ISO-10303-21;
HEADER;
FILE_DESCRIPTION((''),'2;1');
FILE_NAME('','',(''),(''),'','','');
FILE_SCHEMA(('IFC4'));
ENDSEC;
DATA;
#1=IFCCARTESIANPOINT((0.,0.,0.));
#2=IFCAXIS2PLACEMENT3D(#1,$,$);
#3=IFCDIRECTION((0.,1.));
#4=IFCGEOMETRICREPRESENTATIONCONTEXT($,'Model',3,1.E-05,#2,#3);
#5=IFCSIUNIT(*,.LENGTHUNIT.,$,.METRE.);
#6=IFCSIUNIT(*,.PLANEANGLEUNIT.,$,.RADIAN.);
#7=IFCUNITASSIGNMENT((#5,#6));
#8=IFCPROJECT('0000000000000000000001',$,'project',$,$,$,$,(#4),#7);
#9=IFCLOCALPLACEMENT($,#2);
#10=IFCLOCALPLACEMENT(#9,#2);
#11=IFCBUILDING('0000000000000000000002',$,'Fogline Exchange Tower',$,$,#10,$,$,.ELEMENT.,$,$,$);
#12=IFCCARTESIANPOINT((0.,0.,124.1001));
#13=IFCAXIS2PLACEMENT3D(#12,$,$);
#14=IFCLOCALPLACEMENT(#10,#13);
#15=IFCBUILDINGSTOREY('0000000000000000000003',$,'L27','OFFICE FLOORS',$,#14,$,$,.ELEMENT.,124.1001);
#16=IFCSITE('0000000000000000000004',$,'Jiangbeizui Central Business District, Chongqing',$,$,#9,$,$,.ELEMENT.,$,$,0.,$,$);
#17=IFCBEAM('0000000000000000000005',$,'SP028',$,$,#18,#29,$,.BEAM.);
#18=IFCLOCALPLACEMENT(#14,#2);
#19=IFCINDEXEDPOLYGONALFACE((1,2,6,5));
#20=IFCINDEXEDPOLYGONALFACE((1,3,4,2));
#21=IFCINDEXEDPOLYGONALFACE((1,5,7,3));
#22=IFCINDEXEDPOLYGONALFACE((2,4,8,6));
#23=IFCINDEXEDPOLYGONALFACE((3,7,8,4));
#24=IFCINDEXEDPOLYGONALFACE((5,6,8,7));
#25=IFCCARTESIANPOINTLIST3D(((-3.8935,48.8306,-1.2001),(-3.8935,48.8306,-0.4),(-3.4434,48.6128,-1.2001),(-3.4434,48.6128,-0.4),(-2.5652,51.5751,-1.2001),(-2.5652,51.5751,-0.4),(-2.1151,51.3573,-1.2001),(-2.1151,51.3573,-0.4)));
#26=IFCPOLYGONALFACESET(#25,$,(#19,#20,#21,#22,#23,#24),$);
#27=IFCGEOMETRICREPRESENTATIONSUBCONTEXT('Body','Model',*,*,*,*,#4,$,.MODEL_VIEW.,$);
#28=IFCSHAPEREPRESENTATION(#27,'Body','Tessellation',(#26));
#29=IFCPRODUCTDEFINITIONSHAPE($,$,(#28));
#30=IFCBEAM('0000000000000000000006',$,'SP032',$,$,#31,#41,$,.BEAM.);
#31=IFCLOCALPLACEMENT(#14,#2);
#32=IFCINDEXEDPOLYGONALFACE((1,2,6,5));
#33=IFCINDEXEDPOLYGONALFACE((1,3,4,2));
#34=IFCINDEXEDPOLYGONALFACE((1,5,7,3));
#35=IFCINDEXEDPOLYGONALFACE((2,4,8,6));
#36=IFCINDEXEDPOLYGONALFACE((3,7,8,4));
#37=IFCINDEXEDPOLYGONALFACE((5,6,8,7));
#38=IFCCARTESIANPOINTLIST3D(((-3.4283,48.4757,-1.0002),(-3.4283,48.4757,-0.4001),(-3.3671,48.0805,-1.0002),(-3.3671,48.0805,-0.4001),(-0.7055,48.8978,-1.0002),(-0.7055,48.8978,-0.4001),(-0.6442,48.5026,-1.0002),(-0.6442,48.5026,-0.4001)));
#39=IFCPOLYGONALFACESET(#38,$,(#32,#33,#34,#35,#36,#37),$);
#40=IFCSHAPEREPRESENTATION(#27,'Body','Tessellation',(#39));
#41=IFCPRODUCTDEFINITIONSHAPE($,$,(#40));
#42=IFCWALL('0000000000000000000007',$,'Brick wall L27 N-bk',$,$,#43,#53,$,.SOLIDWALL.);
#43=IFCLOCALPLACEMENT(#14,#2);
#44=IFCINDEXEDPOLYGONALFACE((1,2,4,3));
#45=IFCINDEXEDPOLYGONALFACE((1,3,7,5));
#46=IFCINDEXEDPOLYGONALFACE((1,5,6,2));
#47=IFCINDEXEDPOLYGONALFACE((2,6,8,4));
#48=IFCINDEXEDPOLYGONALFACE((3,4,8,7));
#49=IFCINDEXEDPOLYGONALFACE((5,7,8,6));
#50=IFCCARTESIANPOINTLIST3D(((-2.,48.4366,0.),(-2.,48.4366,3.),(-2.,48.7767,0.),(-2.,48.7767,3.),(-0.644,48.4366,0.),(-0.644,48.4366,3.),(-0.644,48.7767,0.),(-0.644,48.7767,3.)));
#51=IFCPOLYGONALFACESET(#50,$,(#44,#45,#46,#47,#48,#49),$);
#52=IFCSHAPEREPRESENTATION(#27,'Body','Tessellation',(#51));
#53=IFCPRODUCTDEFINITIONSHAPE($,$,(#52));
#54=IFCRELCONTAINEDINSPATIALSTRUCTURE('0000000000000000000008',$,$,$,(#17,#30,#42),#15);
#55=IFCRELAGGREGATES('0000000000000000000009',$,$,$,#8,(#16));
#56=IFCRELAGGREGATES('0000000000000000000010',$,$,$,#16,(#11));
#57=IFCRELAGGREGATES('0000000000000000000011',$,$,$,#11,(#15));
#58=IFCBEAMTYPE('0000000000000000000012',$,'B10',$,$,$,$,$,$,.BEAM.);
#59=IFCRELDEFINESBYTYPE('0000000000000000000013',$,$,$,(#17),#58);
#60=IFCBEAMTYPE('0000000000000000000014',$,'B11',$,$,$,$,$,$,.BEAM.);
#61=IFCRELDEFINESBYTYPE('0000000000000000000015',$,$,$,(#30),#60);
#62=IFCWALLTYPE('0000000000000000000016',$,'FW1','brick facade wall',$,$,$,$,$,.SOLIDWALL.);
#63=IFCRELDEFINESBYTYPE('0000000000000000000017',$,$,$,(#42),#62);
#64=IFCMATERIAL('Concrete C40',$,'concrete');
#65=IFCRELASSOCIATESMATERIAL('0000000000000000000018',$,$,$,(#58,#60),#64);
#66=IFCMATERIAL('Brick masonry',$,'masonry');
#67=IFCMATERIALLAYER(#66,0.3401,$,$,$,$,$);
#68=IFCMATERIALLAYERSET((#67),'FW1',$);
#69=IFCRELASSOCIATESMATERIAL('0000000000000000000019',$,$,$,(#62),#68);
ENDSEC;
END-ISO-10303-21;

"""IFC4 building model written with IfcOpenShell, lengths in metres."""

from ifc_helpers import new_model, si_unit, direction, frame, frame_2d, origin, origin_2d, place, context, subcontext, project, spatial, rectangle, extrude, material, layer, layer_set, material_profile, profile_set, type_object, element, save


model = new_model("IFC4")

# Units and contexts
model_context = context("Model", 3, precision=1e-05, world=origin(), true_north=direction((0.0, 1.0)))
body_context = subcontext(model_context, "Body", "Model", "MODEL_VIEW")
ifc_project = project(units=[si_unit("LENGTHUNIT", "METRE"), si_unit("PLANEANGLEUNIT", "RADIAN")], contexts=[model_context])

# Site, building, storey
site_placement = place(None, origin())
site = spatial("IfcSite", under=ifc_project, at=site_placement, Name="Jiangbeizui Central Business District, Chongqing", CompositionType="ELEMENT", RefElevation=0.0)
building_placement = place(site_placement, origin())
building = spatial("IfcBuilding", under=site, at=building_placement, Name="Fogline Exchange Tower", CompositionType="ELEMENT")
storey_placement = place(building_placement, frame((0.0, 0.0, 124.1001)))
storey = spatial("IfcBuildingStorey", under=building, at=storey_placement, Name="L27", Description="OFFICE FLOORS", CompositionType="ELEMENT", Elevation=124.1001)

# Beams
ifc_material_1 = material(Name="Concrete C40", Category="concrete")
ifc_material_profile_1 = material_profile(ifc_material_1, rectangle(XDim=0.5, YDim=0.8, at=origin_2d()), Name="RC 500x800")
ifc_profile_set_1 = profile_set([ifc_material_profile_1], Name="Concrete C40")
beam_type_1 = type_object("IfcBeamType", Name="B10", PredefinedType="BEAM", material=ifc_profile_set_1)
beam_1_placement = place(storey_placement, frame((-3.6685, 48.7217, -0.8), z_axis=(0.435647, 0.900118, 0.0), x_axis=(-0.900118, 0.435647, 0.0)))
element("IfcBeam", 1, at=beam_1_placement, inside=storey, type_object=beam_type_1, Name="SP028", PredefinedType="BEAM", context=body_context, shape_type="SweptSolid", body=[
    extrude(rectangle(XDim=0.5, YDim=0.8, at=origin_2d()), origin(), (0.0, 0.0, 1.0), 3.0491),
])
ifc_material_profile_2 = material_profile(ifc_material_1, rectangle(XDim=0.3999, YDim=0.6001, at=origin_2d()), Name="RC 400x600")
ifc_profile_set_2 = profile_set([ifc_material_profile_2], Name="Concrete C40")
beam_type_2 = type_object("IfcBeamType", Name="B11", PredefinedType="BEAM", material=ifc_profile_set_2)
beam_2_placement = place(storey_placement, frame((-3.3977, 48.2781, -0.7002), z_axis=(0.988196, 0.153196, 0.0), x_axis=(-0.153196, 0.988196, 0.0)))
element("IfcBeam", 2, at=beam_2_placement, inside=storey, type_object=beam_type_2, Name="SP032", PredefinedType="BEAM", context=body_context, shape_type="SweptSolid", body=[
    extrude(rectangle(XDim=0.3999, YDim=0.6001, at=origin_2d()), origin(), (0.0, 0.0, 1.0), 2.7554),
])

# Wall
ifc_material_2 = material(Name="Brick masonry", Category="masonry")
ifc_layer = layer(ifc_material_2, 0.3401)
ifc_layer_set = layer_set([ifc_layer], Name="FW1")
wall_type = type_object("IfcWallType", Name="FW1", Description="brick facade wall", PredefinedType="SOLIDWALL", material=ifc_layer_set)
wall_1_placement = place(storey_placement, frame((-0.644, 48.6067, 0.0), z_axis=(0.0, 0.0, 1.0), x_axis=(-1.0, 0.0, 0.0)))
element("IfcWall", 3, at=wall_1_placement, inside=storey, type_object=wall_type, Name="Brick wall L27 N-bk", PredefinedType="SOLIDWALL", context=body_context, shape_type="SweptSolid", body=[
    extrude(rectangle(XDim=1.356, YDim=0.3401, at=frame_2d((0.678, 0.0))), origin(), (0.0, 0.0, 1.0), 3.0),
])

save(model, "model.ifc")
